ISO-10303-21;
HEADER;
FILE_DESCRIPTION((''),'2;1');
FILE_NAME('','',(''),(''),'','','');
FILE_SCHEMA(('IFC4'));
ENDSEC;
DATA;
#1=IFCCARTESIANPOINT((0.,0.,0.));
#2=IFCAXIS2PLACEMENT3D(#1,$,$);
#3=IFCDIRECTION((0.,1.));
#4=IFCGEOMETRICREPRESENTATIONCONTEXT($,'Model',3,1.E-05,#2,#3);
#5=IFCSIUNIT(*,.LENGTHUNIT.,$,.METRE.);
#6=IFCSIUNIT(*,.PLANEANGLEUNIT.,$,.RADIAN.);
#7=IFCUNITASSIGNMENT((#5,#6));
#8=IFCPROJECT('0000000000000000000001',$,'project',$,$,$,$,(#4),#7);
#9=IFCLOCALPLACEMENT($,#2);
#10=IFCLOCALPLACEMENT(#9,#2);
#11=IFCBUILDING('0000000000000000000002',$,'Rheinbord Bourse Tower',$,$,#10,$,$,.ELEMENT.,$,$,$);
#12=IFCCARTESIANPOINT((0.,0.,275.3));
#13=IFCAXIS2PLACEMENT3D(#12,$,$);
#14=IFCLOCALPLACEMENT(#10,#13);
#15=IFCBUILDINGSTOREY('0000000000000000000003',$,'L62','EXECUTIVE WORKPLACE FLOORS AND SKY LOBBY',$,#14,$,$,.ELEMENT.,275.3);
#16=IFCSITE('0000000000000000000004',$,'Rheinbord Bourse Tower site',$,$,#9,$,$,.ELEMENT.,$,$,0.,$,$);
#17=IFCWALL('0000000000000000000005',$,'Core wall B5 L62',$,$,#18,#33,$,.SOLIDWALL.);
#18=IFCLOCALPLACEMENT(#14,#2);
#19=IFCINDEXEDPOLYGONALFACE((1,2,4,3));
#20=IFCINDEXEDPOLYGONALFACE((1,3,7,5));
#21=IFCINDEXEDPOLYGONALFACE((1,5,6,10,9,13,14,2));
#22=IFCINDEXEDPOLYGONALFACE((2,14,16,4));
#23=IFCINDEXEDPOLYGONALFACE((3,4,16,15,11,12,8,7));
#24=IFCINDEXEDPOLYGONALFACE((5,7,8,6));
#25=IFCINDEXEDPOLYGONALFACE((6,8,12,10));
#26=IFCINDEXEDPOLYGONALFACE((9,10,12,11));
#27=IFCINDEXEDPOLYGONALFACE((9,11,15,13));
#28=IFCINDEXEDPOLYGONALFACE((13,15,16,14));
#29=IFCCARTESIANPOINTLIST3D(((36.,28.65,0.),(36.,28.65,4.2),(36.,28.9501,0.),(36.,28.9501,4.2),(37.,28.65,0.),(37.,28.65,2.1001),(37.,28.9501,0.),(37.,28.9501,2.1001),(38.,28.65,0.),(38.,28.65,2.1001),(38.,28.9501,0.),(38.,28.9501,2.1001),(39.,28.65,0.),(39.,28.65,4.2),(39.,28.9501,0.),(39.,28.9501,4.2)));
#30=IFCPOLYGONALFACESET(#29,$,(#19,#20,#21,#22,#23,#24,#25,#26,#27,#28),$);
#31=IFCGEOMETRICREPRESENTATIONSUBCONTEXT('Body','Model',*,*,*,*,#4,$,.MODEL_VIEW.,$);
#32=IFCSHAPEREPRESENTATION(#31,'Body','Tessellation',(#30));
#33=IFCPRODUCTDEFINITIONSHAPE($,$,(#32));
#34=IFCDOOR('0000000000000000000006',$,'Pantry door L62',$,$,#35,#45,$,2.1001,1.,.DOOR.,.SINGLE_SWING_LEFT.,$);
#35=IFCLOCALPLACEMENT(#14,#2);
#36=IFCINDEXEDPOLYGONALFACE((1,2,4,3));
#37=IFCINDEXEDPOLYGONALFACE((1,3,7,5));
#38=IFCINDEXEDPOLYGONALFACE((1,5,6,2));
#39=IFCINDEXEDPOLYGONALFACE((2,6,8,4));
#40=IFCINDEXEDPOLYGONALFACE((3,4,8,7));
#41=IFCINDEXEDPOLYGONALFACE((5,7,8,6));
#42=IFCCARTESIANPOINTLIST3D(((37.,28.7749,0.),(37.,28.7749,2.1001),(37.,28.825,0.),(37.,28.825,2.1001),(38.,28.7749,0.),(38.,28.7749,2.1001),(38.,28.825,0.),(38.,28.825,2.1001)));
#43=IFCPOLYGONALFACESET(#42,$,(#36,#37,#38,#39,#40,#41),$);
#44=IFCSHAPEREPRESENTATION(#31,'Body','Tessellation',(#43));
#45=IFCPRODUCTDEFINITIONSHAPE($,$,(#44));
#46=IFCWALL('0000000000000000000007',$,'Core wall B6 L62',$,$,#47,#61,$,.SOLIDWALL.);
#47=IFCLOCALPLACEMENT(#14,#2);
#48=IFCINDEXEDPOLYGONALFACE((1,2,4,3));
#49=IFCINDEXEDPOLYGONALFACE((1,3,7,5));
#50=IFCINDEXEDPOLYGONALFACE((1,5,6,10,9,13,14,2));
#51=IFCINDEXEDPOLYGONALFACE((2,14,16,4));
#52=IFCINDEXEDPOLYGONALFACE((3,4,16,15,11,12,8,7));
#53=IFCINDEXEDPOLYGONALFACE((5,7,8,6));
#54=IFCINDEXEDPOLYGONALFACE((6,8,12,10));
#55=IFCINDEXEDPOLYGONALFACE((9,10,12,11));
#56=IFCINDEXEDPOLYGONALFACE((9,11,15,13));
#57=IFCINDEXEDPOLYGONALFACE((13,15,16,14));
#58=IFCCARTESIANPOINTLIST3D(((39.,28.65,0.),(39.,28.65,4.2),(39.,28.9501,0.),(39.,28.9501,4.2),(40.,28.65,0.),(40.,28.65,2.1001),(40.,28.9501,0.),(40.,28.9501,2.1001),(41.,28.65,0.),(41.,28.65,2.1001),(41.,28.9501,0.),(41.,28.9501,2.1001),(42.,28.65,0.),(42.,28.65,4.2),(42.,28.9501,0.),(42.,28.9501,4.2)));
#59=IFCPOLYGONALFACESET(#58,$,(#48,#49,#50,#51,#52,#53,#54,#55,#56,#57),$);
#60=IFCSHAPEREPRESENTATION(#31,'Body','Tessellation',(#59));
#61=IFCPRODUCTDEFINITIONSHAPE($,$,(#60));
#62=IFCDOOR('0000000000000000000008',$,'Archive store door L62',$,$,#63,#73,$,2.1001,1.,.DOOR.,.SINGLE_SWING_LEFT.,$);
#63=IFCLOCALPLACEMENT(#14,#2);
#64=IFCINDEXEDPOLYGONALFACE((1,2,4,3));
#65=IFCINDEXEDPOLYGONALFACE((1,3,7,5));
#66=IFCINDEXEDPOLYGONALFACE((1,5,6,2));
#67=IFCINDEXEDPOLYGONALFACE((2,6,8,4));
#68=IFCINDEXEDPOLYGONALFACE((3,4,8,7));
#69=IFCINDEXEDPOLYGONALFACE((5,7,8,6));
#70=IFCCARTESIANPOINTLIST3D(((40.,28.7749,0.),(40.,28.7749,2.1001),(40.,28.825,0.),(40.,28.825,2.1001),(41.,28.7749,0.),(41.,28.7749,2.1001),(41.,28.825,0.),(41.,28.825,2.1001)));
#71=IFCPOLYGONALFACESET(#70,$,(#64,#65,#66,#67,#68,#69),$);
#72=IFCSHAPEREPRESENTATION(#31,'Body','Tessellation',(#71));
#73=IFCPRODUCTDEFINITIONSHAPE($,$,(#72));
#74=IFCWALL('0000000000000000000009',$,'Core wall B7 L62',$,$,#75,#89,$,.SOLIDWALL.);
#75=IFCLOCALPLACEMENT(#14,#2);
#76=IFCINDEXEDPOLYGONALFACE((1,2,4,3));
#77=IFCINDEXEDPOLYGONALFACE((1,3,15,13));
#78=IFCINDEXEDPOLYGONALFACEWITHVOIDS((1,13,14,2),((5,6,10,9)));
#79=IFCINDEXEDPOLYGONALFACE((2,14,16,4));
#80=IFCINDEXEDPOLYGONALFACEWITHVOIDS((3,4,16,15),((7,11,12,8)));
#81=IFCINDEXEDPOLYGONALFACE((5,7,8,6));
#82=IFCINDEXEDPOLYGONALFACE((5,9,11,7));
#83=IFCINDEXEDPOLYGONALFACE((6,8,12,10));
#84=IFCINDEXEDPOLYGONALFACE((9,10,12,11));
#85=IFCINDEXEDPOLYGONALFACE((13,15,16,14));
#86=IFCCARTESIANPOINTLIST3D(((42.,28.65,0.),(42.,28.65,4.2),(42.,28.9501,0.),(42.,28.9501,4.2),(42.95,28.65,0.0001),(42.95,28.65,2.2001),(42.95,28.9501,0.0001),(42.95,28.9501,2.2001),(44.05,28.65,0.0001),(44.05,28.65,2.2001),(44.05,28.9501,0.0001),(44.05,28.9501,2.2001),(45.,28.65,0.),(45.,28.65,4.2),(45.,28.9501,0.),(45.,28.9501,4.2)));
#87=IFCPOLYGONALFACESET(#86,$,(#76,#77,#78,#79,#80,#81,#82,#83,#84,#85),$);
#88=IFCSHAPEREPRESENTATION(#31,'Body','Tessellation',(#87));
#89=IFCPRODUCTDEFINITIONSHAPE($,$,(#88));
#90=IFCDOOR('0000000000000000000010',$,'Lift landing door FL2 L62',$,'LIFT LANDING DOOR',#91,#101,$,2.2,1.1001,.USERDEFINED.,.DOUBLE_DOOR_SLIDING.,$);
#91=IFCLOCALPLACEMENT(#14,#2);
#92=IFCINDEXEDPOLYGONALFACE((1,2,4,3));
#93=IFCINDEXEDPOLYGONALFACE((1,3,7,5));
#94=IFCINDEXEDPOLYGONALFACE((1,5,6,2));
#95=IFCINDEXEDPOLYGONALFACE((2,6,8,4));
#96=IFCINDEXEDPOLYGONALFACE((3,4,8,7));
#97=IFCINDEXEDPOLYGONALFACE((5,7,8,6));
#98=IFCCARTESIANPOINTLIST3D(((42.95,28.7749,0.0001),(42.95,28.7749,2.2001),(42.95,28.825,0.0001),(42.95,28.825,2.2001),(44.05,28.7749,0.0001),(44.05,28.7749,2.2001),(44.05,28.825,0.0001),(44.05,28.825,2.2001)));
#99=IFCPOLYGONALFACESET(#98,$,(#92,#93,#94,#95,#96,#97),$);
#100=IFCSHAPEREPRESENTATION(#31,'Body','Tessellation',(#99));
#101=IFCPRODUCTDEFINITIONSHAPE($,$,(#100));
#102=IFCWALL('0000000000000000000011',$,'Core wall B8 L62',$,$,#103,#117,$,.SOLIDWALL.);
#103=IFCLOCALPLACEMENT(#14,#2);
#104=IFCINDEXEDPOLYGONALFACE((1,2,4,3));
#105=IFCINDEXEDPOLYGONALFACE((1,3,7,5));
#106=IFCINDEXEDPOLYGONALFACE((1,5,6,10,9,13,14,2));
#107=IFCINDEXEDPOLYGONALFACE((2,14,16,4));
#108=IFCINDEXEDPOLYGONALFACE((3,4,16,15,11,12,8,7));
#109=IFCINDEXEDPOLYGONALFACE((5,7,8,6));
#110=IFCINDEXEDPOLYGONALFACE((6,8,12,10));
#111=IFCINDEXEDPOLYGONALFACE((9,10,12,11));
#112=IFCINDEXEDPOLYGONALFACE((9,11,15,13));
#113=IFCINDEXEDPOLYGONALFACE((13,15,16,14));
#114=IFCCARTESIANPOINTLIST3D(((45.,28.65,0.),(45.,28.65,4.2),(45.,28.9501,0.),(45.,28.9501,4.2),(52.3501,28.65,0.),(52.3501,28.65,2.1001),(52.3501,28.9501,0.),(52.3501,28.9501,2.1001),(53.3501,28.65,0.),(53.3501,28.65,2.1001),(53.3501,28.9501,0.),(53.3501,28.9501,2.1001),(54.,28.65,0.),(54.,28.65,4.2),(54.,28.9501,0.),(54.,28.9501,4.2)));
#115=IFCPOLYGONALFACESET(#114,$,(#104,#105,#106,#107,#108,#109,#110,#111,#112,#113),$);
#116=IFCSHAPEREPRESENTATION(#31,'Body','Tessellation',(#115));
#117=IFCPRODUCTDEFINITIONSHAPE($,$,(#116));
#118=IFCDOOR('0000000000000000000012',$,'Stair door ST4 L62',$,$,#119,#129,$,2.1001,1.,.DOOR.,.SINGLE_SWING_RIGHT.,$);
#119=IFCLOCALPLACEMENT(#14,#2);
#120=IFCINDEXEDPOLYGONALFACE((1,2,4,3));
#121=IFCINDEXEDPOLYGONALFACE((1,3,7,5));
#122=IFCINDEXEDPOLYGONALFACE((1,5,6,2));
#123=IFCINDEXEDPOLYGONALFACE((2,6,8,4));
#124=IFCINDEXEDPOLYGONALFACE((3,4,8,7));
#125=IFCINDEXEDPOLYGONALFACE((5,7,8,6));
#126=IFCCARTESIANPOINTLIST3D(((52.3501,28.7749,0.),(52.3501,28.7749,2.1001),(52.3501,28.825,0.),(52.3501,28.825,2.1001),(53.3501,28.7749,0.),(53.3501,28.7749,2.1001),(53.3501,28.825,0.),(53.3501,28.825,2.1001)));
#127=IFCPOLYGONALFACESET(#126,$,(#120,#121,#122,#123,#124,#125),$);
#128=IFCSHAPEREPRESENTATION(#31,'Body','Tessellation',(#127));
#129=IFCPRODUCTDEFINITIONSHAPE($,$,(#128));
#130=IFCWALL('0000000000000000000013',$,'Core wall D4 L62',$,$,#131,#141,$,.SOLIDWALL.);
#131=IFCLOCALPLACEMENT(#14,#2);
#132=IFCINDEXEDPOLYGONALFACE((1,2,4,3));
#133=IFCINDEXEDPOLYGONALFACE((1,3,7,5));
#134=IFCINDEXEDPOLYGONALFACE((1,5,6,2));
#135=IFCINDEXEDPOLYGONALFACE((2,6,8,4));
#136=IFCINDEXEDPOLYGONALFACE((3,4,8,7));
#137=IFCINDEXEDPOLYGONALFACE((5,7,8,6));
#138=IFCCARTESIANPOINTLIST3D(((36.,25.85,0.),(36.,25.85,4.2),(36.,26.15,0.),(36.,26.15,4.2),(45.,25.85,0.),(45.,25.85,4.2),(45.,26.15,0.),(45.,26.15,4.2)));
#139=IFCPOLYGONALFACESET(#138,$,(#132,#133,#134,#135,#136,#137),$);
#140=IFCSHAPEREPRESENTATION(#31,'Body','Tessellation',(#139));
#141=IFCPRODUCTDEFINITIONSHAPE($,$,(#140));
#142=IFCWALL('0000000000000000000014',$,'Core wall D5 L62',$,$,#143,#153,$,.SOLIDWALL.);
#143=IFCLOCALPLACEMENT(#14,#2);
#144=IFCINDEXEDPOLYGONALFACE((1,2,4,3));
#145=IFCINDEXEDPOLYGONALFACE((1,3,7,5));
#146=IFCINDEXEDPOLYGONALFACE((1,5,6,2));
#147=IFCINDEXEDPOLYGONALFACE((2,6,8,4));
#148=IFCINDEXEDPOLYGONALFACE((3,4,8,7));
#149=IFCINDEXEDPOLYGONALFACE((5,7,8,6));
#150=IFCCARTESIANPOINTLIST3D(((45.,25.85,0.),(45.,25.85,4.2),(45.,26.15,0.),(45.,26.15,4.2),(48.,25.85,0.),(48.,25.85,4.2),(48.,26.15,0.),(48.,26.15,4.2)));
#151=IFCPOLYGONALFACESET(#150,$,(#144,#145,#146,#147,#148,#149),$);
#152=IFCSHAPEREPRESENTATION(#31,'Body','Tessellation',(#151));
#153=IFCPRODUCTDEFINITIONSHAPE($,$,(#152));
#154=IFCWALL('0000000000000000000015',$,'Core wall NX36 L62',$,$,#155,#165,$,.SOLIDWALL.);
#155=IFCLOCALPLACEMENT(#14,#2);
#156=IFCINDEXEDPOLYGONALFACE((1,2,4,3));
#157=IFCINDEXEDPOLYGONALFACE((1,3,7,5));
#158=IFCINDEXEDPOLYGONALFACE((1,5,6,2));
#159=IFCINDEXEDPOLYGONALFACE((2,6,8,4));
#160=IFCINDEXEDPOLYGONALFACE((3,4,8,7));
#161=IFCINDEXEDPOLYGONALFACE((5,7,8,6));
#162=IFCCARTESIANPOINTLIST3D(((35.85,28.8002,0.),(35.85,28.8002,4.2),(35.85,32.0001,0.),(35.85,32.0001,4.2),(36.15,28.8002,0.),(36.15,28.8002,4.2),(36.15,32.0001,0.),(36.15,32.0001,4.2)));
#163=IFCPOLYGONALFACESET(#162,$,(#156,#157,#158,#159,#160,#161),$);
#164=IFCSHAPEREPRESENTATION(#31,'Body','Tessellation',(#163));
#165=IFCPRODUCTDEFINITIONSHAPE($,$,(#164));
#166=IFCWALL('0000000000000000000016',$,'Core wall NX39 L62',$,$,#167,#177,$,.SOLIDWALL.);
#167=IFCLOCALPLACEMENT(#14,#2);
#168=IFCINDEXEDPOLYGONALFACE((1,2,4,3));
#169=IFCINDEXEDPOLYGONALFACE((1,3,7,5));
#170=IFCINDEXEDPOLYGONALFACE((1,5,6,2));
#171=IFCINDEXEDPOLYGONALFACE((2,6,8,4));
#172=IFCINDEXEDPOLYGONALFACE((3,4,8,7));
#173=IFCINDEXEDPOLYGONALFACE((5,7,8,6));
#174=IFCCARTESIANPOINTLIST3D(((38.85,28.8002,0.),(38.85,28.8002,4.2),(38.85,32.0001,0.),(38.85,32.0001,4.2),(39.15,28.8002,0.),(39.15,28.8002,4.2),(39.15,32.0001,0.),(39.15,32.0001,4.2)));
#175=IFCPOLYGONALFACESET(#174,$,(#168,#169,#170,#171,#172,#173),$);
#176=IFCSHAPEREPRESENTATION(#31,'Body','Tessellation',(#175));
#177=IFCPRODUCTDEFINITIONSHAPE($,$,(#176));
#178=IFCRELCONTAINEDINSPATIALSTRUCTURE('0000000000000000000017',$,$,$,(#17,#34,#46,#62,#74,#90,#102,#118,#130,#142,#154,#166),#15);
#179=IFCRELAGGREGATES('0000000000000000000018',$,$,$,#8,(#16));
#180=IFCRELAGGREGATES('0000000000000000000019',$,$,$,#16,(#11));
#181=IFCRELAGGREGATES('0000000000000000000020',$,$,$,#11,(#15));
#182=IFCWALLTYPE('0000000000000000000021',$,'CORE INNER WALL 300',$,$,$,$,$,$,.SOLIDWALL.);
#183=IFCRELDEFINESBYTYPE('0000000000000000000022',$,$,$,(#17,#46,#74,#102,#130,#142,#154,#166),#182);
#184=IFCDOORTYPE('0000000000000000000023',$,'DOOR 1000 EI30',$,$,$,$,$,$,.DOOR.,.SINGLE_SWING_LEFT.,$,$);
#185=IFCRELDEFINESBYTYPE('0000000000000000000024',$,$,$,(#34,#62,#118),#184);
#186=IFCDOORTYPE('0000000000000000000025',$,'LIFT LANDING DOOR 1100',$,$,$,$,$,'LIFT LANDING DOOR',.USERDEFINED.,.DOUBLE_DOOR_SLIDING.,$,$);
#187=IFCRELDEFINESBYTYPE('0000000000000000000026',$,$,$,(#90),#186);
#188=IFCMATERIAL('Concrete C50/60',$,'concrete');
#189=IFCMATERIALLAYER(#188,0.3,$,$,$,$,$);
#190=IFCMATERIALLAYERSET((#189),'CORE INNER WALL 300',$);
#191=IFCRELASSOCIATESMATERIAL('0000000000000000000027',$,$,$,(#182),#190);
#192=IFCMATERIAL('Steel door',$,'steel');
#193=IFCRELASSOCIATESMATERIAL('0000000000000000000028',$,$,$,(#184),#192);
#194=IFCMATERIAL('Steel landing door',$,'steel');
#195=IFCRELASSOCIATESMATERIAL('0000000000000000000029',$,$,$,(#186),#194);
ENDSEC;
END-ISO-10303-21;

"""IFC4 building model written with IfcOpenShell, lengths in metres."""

from ifc_helpers import new_model, si_unit, direction, frame, frame_2d, origin, place, context, subcontext, project, spatial, rectangle, extrude, material, layer, layer_set, type_object, element, fill, save


model = new_model("IFC4")

# Units and contexts
model_context = context("Model", 3, precision=1e-05, world=origin(), true_north=direction((0.0, 1.0)))
body_context = subcontext(model_context, "Body", "Model", "MODEL_VIEW")
ifc_project = project(units=[si_unit("LENGTHUNIT", "METRE"), si_unit("PLANEANGLEUNIT", "RADIAN")], contexts=[model_context])

# Site, building, storey
site_placement = place(None, origin())
site = spatial("IfcSite", under=ifc_project, at=site_placement, Name="Rheinbord Bourse Tower site", CompositionType="ELEMENT", RefElevation=0.0)
building_placement = place(site_placement, origin())
building = spatial("IfcBuilding", under=site, at=building_placement, Name="Rheinbord Bourse Tower", CompositionType="ELEMENT")
storey_placement = place(building_placement, frame((0.0, 0.0, 275.3)))
storey = spatial("IfcBuildingStorey", under=building, at=storey_placement, Name="L62", Description="EXECUTIVE WORKPLACE FLOORS AND SKY LOBBY", CompositionType="ELEMENT", Elevation=275.3)

# Walls, openings, doors
ifc_material_1 = material(Name="Concrete C50/60", Category="concrete")
ifc_layer_1 = layer(ifc_material_1, 0.3)
ifc_layer_set_1 = layer_set([ifc_layer_1], Name="CORE INNER WALL 300")
wall_type_1 = type_object("IfcWallType", Name="CORE INNER WALL 300", PredefinedType="SOLIDWALL", material=ifc_layer_set_1)
wall_1_placement = place(storey_placement, frame((36.0, 28.8, 0.0), z_axis=(0.0, 0.0, 1.0), x_axis=(1.0, 0.0, 0.0)))
wall_1 = element("IfcWall", 1, at=wall_1_placement, inside=storey, type_object=wall_type_1, Name="Core wall B5 L62", PredefinedType="SOLIDWALL", context=body_context, shape_type="SweptSolid", body=[
    extrude(rectangle(XDim=3.0, YDim=0.3, at=frame_2d((1.5, 0.0))), origin(), (0.0, 0.0, 1.0), 4.2),
])
opening_1_placement = place(wall_1_placement, frame((1.0, 0.0, 0.0)))
opening_1 = element("IfcOpeningElement", 2, at=opening_1_placement, cuts=wall_1, PredefinedType="OPENING", context=body_context, shape_type="SweptSolid", body=[
    extrude(rectangle(XDim=1.0, YDim=2.1001, at=frame_2d((0.5, 1.05))), frame((0.0, 0.1599, 0.0), z_axis=(0.0, -1.0, 0.0), x_axis=(1.0, 0.0, 0.0)), (0.0, 0.0, 1.0), 0.3201),
])
ifc_material_2 = material(Name="Steel door", Category="steel")
door_type_1 = type_object("IfcDoorType", Name="DOOR 1000 EI30", OperationType="SINGLE_SWING_LEFT", PredefinedType="DOOR", material=ifc_material_2)
door_1_placement = place(opening_1_placement, origin())
door_1 = element("IfcDoor", 3, at=door_1_placement, inside=storey, type_object=door_type_1, Name="Pantry door L62", OperationType="SINGLE_SWING_LEFT", OverallHeight=2.1001, OverallWidth=1.0, PredefinedType="DOOR", context=body_context, shape_type="SweptSolid", body=[
    extrude(rectangle(XDim=1.0, YDim=2.1001, at=frame_2d((0.5, 1.05))), frame((0.0, 0.0249, 0.0), z_axis=(0.0, -1.0, 0.0), x_axis=(1.0, 0.0, 0.0)), (0.0, 0.0, 1.0), 0.05),
])
fill(opening_1, door_1)
wall_2_placement = place(storey_placement, frame((39.0, 28.8, 0.0), z_axis=(0.0, 0.0, 1.0), x_axis=(1.0, 0.0, 0.0)))
wall_2 = element("IfcWall", 4, at=wall_2_placement, inside=storey, type_object=wall_type_1, Name="Core wall B6 L62", PredefinedType="SOLIDWALL", context=body_context, shape_type="SweptSolid", body=[
    extrude(rectangle(XDim=3.0, YDim=0.3, at=frame_2d((1.5, 0.0))), origin(), (0.0, 0.0, 1.0), 4.2),
])
opening_2_placement = place(wall_2_placement, frame((1.0, 0.0, 0.0)))
opening_2 = element("IfcOpeningElement", 5, at=opening_2_placement, cuts=wall_2, PredefinedType="OPENING", context=body_context, shape_type="SweptSolid", body=[
    extrude(rectangle(XDim=1.0, YDim=2.1001, at=frame_2d((0.5, 1.05))), frame((0.0, 0.1599, 0.0), z_axis=(0.0, -1.0, 0.0), x_axis=(1.0, 0.0, 0.0)), (0.0, 0.0, 1.0), 0.3201),
])
door_2_placement = place(opening_2_placement, origin())
door_2 = element("IfcDoor", 6, at=door_2_placement, inside=storey, type_object=door_type_1, Name="Archive store door L62", OperationType="SINGLE_SWING_LEFT", OverallHeight=2.1001, OverallWidth=1.0, PredefinedType="DOOR", context=body_context, shape_type="SweptSolid", body=[
    extrude(rectangle(XDim=1.0, YDim=2.1001, at=frame_2d((0.5, 1.05))), frame((0.0, 0.0249, 0.0), z_axis=(0.0, -1.0, 0.0), x_axis=(1.0, 0.0, 0.0)), (0.0, 0.0, 1.0), 0.05),
])
fill(opening_2, door_2)
wall_3_placement = place(storey_placement, frame((42.0, 28.8, 0.0), z_axis=(0.0, 0.0, 1.0), x_axis=(1.0, 0.0, 0.0)))
wall_3 = element("IfcWall", 7, at=wall_3_placement, inside=storey, type_object=wall_type_1, Name="Core wall B7 L62", PredefinedType="SOLIDWALL", context=body_context, shape_type="SweptSolid", body=[
    extrude(rectangle(XDim=3.0, YDim=0.3, at=frame_2d((1.5, 0.0))), origin(), (0.0, 0.0, 1.0), 4.2),
])
opening_3_placement = place(wall_3_placement, frame((0.95, 0.0, 0.0)))
opening_3 = element("IfcOpeningElement", 8, at=opening_3_placement, cuts=wall_3, PredefinedType="OPENING", context=body_context, shape_type="SweptSolid", body=[
    extrude(rectangle(XDim=1.1001, YDim=2.2, at=frame_2d((0.55, 1.1001))), frame((0.0, 0.1599, 0.0), z_axis=(0.0, -1.0, 0.0), x_axis=(1.0, 0.0, 0.0)), (0.0, 0.0, 1.0), 0.3201),
])
ifc_material_3 = material(Name="Steel landing door", Category="steel")
door_type_2 = type_object("IfcDoorType", Name="LIFT LANDING DOOR 1100", ElementType="LIFT LANDING DOOR", OperationType="DOUBLE_DOOR_SLIDING", PredefinedType="USERDEFINED", material=ifc_material_3)
door_3_placement = place(opening_3_placement, origin())
door_3 = element("IfcDoor", 9, at=door_3_placement, inside=storey, type_object=door_type_2, Name="Lift landing door FL2 L62", ObjectType="LIFT LANDING DOOR", OperationType="DOUBLE_DOOR_SLIDING", OverallHeight=2.2, OverallWidth=1.1001, PredefinedType="USERDEFINED", context=body_context, shape_type="SweptSolid", body=[
    extrude(rectangle(XDim=1.1001, YDim=2.2, at=frame_2d((0.55, 1.1001))), frame((0.0, 0.0249, 0.0), z_axis=(0.0, -1.0, 0.0), x_axis=(1.0, 0.0, 0.0)), (0.0, 0.0, 1.0), 0.05),
])
fill(opening_3, door_3)
wall_4_placement = place(storey_placement, frame((45.0, 28.8, 0.0), z_axis=(0.0, 0.0, 1.0), x_axis=(1.0, 0.0, 0.0)))
wall_4 = element("IfcWall", 10, at=wall_4_placement, inside=storey, type_object=wall_type_1, Name="Core wall B8 L62", PredefinedType="SOLIDWALL", context=body_context, shape_type="SweptSolid", body=[
    extrude(rectangle(XDim=9.0, YDim=0.3, at=frame_2d((4.5, 0.0))), origin(), (0.0, 0.0, 1.0), 4.2),
])
opening_4_placement = place(wall_4_placement, frame((7.3501, 0.0, 0.0)))
opening_4 = element("IfcOpeningElement", 11, at=opening_4_placement, cuts=wall_4, PredefinedType="OPENING", context=body_context, shape_type="SweptSolid", body=[
    extrude(rectangle(XDim=1.0, YDim=2.1001, at=frame_2d((0.5, 1.05))), frame((0.0, 0.1599, 0.0), z_axis=(0.0, -1.0, 0.0), x_axis=(1.0, 0.0, 0.0)), (0.0, 0.0, 1.0), 0.3201),
])
door_4_placement = place(opening_4_placement, origin())
door_4 = element("IfcDoor", 12, at=door_4_placement, inside=storey, type_object=door_type_1, Name="Stair door ST4 L62", OperationType="SINGLE_SWING_RIGHT", OverallHeight=2.1001, OverallWidth=1.0, PredefinedType="DOOR", context=body_context, shape_type="SweptSolid", body=[
    extrude(rectangle(XDim=1.0, YDim=2.1001, at=frame_2d((0.5, 1.05))), frame((0.0, 0.0249, 0.0), z_axis=(0.0, -1.0, 0.0), x_axis=(1.0, 0.0, 0.0)), (0.0, 0.0, 1.0), 0.05),
])
fill(opening_4, door_4)

# Walls
wall_5_placement = place(storey_placement, frame((36.0, 26.0, 0.0), z_axis=(0.0, 0.0, 1.0), x_axis=(1.0, 0.0, 0.0)))
element("IfcWall", 13, at=wall_5_placement, inside=storey, type_object=wall_type_1, Name="Core wall D4 L62", PredefinedType="SOLIDWALL", context=body_context, shape_type="SweptSolid", body=[
    extrude(rectangle(XDim=9.0, YDim=0.3, at=frame_2d((4.5, 0.0))), origin(), (0.0, 0.0, 1.0), 4.2),
])
wall_6_placement = place(storey_placement, frame((45.0, 26.0, 0.0), z_axis=(0.0, 0.0, 1.0), x_axis=(1.0, 0.0, 0.0)))
element("IfcWall", 14, at=wall_6_placement, inside=storey, type_object=wall_type_1, Name="Core wall D5 L62", PredefinedType="SOLIDWALL", context=body_context, shape_type="SweptSolid", body=[
    extrude(rectangle(XDim=3.0, YDim=0.3, at=frame_2d((1.5, 0.0))), origin(), (0.0, 0.0, 1.0), 4.2),
])
for number, where, z_axis, x_axis, name in (
    (15, (36.0, 28.8, 0.0), (0.0, 0.0, 1.0), (0.0, 1.0, 0.0), "Core wall NX36 L62"),
    (16, (39.0, 28.8, 0.0), (0.0, 0.0, 1.0), (0.0, 1.0, 0.0), "Core wall NX39 L62"),
):
    element("IfcWall", number, at=place(storey_placement, frame(where, z_axis=z_axis, x_axis=x_axis)), inside=storey, type_object=wall_type_1, Name=name, PredefinedType="SOLIDWALL", context=body_context, shape_type="SweptSolid", body=[
        extrude(rectangle(XDim=3.2, YDim=0.3, at=frame_2d((1.6001, 0.0))), origin(), (0.0, 0.0, 1.0), 4.2),
    ])

save(model, "model.ifc")
